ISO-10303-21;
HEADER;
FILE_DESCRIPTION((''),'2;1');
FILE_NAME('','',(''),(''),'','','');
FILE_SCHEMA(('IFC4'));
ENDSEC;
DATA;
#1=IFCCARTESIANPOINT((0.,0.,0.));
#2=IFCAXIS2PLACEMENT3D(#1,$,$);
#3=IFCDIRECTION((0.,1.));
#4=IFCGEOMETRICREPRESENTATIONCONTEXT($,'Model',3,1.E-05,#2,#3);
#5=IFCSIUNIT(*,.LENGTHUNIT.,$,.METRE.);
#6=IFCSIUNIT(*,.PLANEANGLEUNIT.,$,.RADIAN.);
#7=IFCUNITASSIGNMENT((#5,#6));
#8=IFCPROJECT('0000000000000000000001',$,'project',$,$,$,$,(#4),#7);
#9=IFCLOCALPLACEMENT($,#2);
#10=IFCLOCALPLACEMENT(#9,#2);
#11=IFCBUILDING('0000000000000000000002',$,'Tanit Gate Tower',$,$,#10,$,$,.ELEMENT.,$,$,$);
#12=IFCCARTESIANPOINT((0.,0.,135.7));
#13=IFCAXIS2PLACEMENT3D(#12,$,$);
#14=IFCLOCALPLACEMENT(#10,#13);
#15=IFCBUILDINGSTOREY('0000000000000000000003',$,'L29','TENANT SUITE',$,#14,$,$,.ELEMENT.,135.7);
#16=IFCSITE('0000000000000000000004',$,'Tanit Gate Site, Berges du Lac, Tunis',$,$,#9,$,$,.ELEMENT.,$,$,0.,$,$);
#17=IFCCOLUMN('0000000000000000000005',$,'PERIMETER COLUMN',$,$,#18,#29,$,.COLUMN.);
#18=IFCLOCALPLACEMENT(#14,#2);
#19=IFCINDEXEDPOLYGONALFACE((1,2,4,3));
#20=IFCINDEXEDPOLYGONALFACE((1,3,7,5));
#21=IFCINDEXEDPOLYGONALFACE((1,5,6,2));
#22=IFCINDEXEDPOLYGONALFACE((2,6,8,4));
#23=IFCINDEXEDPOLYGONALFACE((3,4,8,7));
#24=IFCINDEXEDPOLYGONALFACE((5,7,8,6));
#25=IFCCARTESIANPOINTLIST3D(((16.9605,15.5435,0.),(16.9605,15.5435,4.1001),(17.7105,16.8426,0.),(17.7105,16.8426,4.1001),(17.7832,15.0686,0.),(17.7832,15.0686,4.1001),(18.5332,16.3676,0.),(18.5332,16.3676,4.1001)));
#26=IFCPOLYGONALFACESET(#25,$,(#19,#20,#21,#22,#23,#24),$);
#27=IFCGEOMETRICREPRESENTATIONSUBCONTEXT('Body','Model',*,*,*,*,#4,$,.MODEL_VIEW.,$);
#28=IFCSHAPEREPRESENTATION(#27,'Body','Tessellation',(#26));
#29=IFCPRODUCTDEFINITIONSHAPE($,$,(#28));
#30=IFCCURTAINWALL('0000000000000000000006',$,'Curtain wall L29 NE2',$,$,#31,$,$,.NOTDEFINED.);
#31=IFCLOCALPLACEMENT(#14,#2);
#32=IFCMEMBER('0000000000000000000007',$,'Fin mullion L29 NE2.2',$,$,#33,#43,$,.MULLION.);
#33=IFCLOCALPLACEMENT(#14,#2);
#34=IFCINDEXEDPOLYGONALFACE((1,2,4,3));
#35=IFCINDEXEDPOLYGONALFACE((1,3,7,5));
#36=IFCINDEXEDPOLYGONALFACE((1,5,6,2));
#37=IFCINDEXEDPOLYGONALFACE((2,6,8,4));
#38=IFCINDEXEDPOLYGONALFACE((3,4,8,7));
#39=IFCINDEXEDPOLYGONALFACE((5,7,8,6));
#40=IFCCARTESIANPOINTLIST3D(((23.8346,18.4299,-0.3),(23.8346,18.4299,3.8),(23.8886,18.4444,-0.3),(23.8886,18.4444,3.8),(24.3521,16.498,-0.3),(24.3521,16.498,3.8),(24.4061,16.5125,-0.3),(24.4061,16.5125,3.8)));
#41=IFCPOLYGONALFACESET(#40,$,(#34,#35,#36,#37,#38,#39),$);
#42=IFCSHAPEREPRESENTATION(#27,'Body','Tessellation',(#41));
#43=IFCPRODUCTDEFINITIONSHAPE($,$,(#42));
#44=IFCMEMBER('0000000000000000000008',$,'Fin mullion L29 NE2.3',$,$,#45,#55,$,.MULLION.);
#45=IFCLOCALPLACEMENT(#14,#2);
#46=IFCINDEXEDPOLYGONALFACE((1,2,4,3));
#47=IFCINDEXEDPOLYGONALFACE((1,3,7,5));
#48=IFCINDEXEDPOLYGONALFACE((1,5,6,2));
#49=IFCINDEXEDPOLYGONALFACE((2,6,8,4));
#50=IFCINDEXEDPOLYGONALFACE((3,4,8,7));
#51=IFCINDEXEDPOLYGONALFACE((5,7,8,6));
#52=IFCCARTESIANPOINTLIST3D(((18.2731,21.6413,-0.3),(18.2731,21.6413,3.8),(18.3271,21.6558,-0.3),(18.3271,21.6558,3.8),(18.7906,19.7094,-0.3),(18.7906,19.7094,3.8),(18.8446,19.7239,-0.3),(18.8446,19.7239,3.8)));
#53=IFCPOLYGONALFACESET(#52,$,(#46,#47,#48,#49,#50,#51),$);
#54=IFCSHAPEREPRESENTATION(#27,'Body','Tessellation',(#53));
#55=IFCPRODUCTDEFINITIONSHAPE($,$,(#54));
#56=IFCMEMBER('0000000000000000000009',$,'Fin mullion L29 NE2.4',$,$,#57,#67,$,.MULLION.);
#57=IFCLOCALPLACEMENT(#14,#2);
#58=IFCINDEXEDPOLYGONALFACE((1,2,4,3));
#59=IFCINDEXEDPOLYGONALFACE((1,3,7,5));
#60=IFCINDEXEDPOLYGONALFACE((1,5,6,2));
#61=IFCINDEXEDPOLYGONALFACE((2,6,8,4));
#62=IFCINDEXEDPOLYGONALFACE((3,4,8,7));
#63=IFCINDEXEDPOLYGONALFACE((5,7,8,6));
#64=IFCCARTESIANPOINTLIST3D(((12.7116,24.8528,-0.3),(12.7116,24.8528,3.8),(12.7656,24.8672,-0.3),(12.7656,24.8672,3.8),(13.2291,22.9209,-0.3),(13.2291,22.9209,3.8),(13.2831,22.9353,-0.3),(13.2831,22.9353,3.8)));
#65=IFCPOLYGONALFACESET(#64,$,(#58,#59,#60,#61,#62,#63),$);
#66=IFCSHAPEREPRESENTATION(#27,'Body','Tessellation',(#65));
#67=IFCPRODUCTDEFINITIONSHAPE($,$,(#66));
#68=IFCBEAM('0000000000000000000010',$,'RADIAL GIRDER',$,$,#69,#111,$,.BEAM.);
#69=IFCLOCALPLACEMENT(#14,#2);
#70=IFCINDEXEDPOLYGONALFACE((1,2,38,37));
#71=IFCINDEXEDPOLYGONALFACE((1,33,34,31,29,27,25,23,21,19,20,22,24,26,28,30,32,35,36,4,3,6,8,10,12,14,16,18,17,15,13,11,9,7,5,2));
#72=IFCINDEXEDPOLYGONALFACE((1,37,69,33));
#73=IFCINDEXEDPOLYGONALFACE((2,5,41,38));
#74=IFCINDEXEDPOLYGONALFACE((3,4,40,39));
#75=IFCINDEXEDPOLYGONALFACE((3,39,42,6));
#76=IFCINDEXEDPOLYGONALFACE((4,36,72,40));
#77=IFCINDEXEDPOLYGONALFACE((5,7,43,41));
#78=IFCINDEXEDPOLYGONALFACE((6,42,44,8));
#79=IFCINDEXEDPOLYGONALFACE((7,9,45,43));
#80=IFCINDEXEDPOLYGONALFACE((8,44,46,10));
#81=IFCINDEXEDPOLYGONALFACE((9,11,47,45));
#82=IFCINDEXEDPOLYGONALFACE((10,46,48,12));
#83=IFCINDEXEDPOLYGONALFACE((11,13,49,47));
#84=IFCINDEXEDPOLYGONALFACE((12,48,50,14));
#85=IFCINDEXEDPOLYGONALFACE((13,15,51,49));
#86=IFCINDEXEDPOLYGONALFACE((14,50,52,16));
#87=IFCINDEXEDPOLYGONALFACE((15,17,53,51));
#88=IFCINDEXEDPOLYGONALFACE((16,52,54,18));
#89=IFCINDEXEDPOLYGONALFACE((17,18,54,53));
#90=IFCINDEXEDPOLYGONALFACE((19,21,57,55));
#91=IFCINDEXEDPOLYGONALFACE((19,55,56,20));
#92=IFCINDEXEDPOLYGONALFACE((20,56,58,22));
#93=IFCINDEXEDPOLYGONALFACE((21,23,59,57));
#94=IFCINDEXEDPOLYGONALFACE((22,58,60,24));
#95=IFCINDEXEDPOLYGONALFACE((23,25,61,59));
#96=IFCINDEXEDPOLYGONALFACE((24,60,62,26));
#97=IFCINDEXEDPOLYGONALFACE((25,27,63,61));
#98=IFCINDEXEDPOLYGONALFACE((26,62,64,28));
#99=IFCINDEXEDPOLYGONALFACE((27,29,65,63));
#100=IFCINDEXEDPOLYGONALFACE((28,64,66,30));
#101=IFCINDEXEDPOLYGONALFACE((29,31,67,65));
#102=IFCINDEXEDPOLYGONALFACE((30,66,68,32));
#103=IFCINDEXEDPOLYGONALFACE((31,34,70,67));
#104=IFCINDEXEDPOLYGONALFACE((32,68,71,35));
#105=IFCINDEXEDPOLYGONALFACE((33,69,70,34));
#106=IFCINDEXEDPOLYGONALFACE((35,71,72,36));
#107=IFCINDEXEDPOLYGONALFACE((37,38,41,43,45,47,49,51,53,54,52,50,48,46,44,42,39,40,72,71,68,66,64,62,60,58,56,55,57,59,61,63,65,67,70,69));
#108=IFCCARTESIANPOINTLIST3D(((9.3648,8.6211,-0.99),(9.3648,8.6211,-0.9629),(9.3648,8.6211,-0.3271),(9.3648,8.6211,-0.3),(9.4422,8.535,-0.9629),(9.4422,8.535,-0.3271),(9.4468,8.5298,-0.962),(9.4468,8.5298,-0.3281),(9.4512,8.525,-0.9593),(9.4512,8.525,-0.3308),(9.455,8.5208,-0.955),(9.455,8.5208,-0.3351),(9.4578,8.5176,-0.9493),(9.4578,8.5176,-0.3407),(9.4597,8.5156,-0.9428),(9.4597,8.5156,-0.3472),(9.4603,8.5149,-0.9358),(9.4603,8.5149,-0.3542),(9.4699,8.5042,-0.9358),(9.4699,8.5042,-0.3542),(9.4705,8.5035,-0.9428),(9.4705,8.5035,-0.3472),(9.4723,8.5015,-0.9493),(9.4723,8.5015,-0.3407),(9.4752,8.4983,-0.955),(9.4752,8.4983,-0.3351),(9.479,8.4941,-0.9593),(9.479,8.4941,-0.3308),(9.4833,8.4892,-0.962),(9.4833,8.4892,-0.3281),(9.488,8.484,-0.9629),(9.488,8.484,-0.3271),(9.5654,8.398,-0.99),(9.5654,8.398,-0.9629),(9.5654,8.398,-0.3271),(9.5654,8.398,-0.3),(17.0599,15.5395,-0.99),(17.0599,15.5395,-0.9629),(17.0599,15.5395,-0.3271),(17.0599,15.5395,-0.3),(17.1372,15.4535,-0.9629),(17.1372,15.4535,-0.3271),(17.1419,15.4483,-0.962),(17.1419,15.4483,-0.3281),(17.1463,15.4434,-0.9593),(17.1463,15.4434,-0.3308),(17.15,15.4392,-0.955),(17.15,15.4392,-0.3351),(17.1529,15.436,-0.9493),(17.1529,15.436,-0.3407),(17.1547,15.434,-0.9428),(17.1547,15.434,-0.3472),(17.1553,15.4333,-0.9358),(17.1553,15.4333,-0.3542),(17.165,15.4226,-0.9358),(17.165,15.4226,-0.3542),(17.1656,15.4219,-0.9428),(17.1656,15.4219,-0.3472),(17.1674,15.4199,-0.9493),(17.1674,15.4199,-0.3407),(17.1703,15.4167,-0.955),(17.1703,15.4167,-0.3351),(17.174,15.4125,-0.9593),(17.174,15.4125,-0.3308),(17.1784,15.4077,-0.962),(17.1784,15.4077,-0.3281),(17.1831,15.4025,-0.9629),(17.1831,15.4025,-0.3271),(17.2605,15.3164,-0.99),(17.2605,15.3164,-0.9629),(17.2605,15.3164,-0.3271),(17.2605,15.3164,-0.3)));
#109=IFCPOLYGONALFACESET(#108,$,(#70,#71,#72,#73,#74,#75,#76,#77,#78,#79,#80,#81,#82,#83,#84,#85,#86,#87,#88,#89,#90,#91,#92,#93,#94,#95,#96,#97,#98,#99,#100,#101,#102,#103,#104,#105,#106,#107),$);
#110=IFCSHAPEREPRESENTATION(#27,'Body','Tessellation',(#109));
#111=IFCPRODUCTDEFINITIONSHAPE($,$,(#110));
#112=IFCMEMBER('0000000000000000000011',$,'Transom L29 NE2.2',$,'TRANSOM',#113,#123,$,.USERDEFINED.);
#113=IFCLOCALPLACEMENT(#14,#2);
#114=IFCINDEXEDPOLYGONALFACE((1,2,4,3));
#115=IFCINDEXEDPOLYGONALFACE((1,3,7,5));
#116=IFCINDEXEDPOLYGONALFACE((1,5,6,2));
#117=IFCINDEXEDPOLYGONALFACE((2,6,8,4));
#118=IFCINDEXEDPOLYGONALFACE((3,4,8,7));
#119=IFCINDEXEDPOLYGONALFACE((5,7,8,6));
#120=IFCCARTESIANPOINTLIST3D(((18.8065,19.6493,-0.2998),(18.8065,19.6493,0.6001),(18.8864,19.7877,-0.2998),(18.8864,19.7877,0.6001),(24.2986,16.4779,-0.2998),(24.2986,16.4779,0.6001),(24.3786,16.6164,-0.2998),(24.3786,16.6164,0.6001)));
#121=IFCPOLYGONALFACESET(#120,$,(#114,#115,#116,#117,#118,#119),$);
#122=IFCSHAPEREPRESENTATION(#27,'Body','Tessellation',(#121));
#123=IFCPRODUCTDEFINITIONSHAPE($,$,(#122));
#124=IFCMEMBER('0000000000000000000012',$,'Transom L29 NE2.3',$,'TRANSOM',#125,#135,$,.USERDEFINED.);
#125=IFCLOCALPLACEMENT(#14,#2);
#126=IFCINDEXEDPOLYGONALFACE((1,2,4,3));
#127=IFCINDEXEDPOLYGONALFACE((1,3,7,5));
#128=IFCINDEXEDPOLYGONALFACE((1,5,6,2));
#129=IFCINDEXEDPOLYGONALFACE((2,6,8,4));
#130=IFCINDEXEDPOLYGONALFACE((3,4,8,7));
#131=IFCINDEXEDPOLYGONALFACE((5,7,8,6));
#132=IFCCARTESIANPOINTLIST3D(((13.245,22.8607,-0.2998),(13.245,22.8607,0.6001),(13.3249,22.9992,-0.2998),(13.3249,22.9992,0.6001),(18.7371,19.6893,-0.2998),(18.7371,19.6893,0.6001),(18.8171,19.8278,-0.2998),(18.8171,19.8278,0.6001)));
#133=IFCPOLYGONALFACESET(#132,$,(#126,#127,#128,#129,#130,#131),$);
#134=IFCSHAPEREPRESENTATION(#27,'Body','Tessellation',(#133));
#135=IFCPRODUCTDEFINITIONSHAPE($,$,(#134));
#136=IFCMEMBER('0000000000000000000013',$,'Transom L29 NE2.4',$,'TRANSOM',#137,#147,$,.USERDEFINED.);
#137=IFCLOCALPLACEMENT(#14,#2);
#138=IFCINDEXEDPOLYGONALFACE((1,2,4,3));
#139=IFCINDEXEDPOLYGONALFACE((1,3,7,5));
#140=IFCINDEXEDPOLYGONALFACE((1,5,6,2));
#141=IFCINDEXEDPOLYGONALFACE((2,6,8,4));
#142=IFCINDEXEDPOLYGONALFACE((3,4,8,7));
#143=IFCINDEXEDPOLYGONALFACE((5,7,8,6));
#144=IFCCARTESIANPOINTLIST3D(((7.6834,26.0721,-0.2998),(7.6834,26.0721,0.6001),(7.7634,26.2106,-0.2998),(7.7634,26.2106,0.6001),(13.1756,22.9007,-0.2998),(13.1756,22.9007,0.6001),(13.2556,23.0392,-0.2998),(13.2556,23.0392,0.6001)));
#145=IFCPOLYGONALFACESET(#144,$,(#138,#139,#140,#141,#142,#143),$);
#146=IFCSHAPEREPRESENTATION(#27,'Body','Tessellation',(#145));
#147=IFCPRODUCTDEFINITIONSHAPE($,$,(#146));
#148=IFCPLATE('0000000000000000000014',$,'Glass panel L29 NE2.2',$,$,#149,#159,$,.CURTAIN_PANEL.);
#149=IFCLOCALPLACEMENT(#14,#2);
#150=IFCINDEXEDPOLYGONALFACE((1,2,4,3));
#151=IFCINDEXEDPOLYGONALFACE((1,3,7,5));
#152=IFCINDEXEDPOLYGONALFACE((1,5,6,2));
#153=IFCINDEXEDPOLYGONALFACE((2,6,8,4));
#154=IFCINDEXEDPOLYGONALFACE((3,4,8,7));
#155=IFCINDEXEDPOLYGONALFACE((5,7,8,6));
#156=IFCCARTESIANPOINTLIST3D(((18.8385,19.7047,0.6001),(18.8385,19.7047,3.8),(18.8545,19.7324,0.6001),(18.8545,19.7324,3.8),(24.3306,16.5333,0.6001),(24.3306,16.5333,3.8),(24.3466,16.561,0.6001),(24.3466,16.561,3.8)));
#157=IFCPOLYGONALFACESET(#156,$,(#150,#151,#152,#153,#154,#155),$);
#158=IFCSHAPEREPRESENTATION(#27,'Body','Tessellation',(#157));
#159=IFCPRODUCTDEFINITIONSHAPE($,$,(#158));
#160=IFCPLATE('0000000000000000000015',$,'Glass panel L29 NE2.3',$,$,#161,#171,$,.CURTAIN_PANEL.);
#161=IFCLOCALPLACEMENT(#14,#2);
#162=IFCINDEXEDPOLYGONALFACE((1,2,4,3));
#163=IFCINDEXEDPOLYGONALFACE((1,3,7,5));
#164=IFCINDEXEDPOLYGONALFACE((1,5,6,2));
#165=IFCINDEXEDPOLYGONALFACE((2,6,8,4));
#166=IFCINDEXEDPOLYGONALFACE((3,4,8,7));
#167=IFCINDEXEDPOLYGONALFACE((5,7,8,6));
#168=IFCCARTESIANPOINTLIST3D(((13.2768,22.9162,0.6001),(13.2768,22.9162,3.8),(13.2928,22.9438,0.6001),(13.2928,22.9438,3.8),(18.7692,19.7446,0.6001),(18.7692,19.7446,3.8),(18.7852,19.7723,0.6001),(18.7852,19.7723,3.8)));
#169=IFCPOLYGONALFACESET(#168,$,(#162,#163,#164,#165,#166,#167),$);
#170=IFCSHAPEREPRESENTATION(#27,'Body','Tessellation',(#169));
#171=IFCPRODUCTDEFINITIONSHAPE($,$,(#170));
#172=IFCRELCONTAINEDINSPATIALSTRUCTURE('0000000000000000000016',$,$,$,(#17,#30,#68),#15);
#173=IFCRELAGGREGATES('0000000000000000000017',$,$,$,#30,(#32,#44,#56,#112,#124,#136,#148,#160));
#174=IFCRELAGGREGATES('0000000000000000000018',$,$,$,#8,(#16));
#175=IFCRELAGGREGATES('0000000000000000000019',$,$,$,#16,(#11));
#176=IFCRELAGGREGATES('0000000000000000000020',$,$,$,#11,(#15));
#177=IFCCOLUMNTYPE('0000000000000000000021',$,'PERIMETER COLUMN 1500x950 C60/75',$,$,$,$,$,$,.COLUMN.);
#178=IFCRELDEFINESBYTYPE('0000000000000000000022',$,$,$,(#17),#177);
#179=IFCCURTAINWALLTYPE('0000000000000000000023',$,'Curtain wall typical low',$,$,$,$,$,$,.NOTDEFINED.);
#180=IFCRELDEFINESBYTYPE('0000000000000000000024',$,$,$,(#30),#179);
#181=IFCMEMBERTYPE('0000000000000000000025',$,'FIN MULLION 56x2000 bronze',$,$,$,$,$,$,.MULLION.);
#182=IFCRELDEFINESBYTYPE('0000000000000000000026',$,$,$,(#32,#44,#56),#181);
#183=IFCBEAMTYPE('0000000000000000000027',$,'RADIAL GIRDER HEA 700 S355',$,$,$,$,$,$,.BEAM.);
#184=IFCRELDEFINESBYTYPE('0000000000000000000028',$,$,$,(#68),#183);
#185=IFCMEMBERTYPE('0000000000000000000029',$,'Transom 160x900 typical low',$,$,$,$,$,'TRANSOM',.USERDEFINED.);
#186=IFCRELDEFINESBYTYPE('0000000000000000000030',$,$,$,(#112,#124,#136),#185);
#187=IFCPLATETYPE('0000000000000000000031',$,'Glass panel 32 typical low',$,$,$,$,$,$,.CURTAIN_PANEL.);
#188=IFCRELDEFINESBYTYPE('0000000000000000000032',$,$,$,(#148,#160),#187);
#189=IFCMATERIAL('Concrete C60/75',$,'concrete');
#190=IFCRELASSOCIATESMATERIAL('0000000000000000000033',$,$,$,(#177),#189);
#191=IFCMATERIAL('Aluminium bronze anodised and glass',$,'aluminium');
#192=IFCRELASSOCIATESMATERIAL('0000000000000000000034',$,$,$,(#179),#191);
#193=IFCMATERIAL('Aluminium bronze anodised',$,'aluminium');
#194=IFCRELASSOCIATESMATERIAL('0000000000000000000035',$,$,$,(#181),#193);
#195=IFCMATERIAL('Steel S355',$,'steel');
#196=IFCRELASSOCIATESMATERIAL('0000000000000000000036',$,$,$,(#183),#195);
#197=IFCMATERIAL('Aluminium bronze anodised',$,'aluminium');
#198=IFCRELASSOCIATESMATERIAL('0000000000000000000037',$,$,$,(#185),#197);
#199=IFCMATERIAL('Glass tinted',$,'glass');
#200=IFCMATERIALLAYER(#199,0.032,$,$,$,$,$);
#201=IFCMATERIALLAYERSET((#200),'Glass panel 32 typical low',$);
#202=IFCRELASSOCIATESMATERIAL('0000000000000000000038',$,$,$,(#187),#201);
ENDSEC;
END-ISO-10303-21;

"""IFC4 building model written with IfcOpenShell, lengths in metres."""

from ifc_helpers import new_model, si_unit, direction, frame, origin, origin_2d, place, context, subcontext, project, spatial, rectangle, i_section, extrude, material, layer, layer_set, material_profile, profile_set, type_object, element, aggregate, save


model = new_model("IFC4")

# Units and contexts
model_context = context("Model", 3, precision=1e-05, world=origin(), true_north=direction((0.0, 1.0)))
body_context = subcontext(model_context, "Body", "Model", "MODEL_VIEW")
ifc_project = project(units=[si_unit("LENGTHUNIT", "METRE"), si_unit("PLANEANGLEUNIT", "RADIAN")], contexts=[model_context])

# Site, building, storey
site_placement = place(None, origin())
site = spatial("IfcSite", under=ifc_project, at=site_placement, Name="Tanit Gate Site, Berges du Lac, Tunis", CompositionType="ELEMENT", RefElevation=0.0)
building_placement = place(site_placement, origin())
building = spatial("IfcBuilding", under=site, at=building_placement, Name="Tanit Gate Tower", CompositionType="ELEMENT")
storey_placement = place(building_placement, frame((0.0, 0.0, 135.7)))
storey = spatial("IfcBuildingStorey", under=building, at=storey_placement, Name="L29", Description="TENANT SUITE", CompositionType="ELEMENT", Elevation=135.7)

# Column
ifc_material_1 = material(Name="Concrete C60/75", Category="concrete")
ifc_material_profile_1 = material_profile(ifc_material_1, rectangle(XDim=1.5, YDim=0.95, at=origin_2d()), Name="RC 1500x950")
ifc_profile_set_1 = profile_set([ifc_material_profile_1], Name="Concrete C60/75")
column_type = type_object("IfcColumnType", Name="PERIMETER COLUMN 1500x950 C60/75", PredefinedType="COLUMN", material=ifc_profile_set_1)
column_placement = place(storey_placement, frame((17.7468, 15.9556, 0.0), z_axis=(0.0, 0.0, 1.0), x_axis=(0.5, 0.866025, 0.0)))
element("IfcColumn", 1, at=column_placement, inside=storey, type_object=column_type, Name="PERIMETER COLUMN", PredefinedType="COLUMN", context=body_context, shape_type="SweptSolid", body=[
    extrude(rectangle(XDim=1.5, YDim=0.95, at=origin_2d()), origin(), (0.0, 0.0, 1.0), 4.1001),
])

# Curtain wall, members
ifc_material_2 = material(Name="Aluminium bronze anodised and glass", Category="aluminium")
curtain_wall_type = type_object("IfcCurtainWallType", Name="Curtain wall typical low", PredefinedType="NOTDEFINED", material=ifc_material_2)
curtain_wall_placement = place(storey_placement, origin())
curtain_wall = element("IfcCurtainWall", 2, at=curtain_wall_placement, inside=storey, type_object=curtain_wall_type, Name="Curtain wall L29 NE2", PredefinedType="NOTDEFINED")
ifc_material_3 = material(Name="Aluminium bronze anodised", Category="aluminium")
ifc_material_profile_2 = material_profile(ifc_material_3, rectangle(XDim=2.0, YDim=0.0559, at=origin_2d()), Name="56x2000 bronze fin mullion")
ifc_profile_set_2 = profile_set([ifc_material_profile_2], Name="Aluminium bronze anodised")
member_type_1 = type_object("IfcMemberType", Name="FIN MULLION 56x2000 bronze", PredefinedType="MULLION", material=ifc_profile_set_2)
member_1_placement = place(storey_placement, frame((24.1204, 17.4712, -0.3), z_axis=(0.0, 0.0, 1.0), x_axis=(0.258752, -0.965944, 0.0)))
member_1 = element("IfcMember", 3, at=member_1_placement, type_object=member_type_1, Name="Fin mullion L29 NE2.2", PredefinedType="MULLION", context=body_context, shape_type="SweptSolid", body=[
    extrude(rectangle(XDim=2.0, YDim=0.0559, at=origin_2d()), origin(), (0.0, 0.0, 1.0), 4.1001),
])
member_2_placement = place(storey_placement, frame((18.5588, 20.6826, -0.3), z_axis=(0.0, 0.0, 1.0), x_axis=(0.258752, -0.965944, 0.0)))
member_2 = element("IfcMember", 4, at=member_2_placement, type_object=member_type_1, Name="Fin mullion L29 NE2.3", PredefinedType="MULLION", context=body_context, shape_type="SweptSolid", body=[
    extrude(rectangle(XDim=2.0, YDim=0.0559, at=origin_2d()), origin(), (0.0, 0.0, 1.0), 4.1001),
])
member_3_placement = place(storey_placement, frame((12.9973, 23.894, -0.3), z_axis=(0.0, 0.0, 1.0), x_axis=(0.258752, -0.965944, 0.0)))
member_3 = element("IfcMember", 5, at=member_3_placement, type_object=member_type_1, Name="Fin mullion L29 NE2.4", PredefinedType="MULLION", context=body_context, shape_type="SweptSolid", body=[
    extrude(rectangle(XDim=2.0, YDim=0.0559, at=origin_2d()), origin(), (0.0, 0.0, 1.0), 4.1001),
])

# Beam
ifc_material_4 = material(Name="Steel S355", Category="steel")
ifc_material_profile_3 = material_profile(ifc_material_4, i_section(OverallWidth=0.3, OverallDepth=0.6899, WebThickness=0.0144, FlangeThickness=0.0271, FilletRadius=0.0271, at=origin_2d()), Name="HEA 700")
ifc_profile_set_3 = profile_set([ifc_material_profile_3], Name="Steel S355")
beam_type = type_object("IfcBeamType", Name="RADIAL GIRDER HEA 700 S355", PredefinedType="BEAM", material=ifc_profile_set_3)
beam_placement = place(storey_placement, frame((17.1602, 15.428, -0.645), z_axis=(-0.743635, -0.668585, 0.0), x_axis=(0.668585, -0.743635, 0.0)))
element("IfcBeam", 6, at=beam_placement, inside=storey, type_object=beam_type, Name="RADIAL GIRDER", PredefinedType="BEAM", context=body_context, shape_type="SweptSolid", body=[
    extrude(i_section(OverallWidth=0.3, OverallDepth=0.6899, WebThickness=0.0144, FlangeThickness=0.0271, FilletRadius=0.0271, at=origin_2d()), origin(), (0.0, 0.0, 1.0), 10.3479),
])

# Members
ifc_material_5 = material(Name="Aluminium bronze anodised", Category="aluminium")
ifc_material_profile_4 = material_profile(ifc_material_5, rectangle(XDim=0.1599, YDim=0.8999, at=origin_2d()), Name="160x900 bronze transom")
ifc_profile_set_4 = profile_set([ifc_material_profile_4], Name="Aluminium bronze anodised")
member_type_2 = type_object("IfcMemberType", Name="Transom 160x900 typical low", ElementType="TRANSOM", PredefinedType="USERDEFINED", material=ifc_profile_set_4)
member_4_placement = place(storey_placement, frame((24.3386, 16.5471, 0.1501), z_axis=(-0.865993, 0.500056, 0.0), x_axis=(-0.500056, -0.865993, 0.0)))
member_4 = element("IfcMember", 7, at=member_4_placement, type_object=member_type_2, Name="Transom L29 NE2.2", ObjectType="TRANSOM", PredefinedType="USERDEFINED", context=body_context, shape_type="SweptSolid", body=[
    extrude(rectangle(XDim=0.1599, YDim=0.8999, at=origin_2d()), origin(), (0.0, 0.0, 1.0), 6.342),
])
member_5_placement = place(storey_placement, frame((18.7771, 19.7585, 0.1501), z_axis=(-0.865993, 0.500056, 0.0), x_axis=(-0.500056, -0.865993, 0.0)))
member_5 = element("IfcMember", 8, at=member_5_placement, type_object=member_type_2, Name="Transom L29 NE2.3", ObjectType="TRANSOM", PredefinedType="USERDEFINED", context=body_context, shape_type="SweptSolid", body=[
    extrude(rectangle(XDim=0.1599, YDim=0.8999, at=origin_2d()), origin(), (0.0, 0.0, 1.0), 6.342),
])
member_6_placement = place(storey_placement, frame((13.2156, 22.97, 0.1501), z_axis=(-0.865993, 0.500056, 0.0), x_axis=(-0.500056, -0.865993, 0.0)))
member_6 = element("IfcMember", 9, at=member_6_placement, type_object=member_type_2, Name="Transom L29 NE2.4", ObjectType="TRANSOM", PredefinedType="USERDEFINED", context=body_context, shape_type="SweptSolid", body=[
    extrude(rectangle(XDim=0.1599, YDim=0.8999, at=origin_2d()), origin(), (0.0, 0.0, 1.0), 6.342),
])

# Plates
ifc_material_6 = material(Name="Glass tinted", Category="glass")
ifc_layer = layer(ifc_material_6, 0.032)
ifc_layer_set = layer_set([ifc_layer], Name="Glass panel 32 typical low")
plate_type = type_object("IfcPlateType", Name="Glass panel 32 typical low", PredefinedType="CURTAIN_PANEL", material=ifc_layer_set)
plate_1_placement = place(storey_placement, frame((21.5925, 18.1328, 0.6001), z_axis=(0.0, 0.0, 1.0), x_axis=(-0.865991, 0.50006, 0.0)))
plate_1 = element("IfcPlate", 10, at=plate_1_placement, type_object=plate_type, Name="Glass panel L29 NE2.2", PredefinedType="CURTAIN_PANEL", context=body_context, shape_type="SweptSolid", body=[
    extrude(rectangle(XDim=6.342, YDim=0.032, at=origin_2d()), origin(), (0.0, 0.0, 1.0), 3.2),
])
plate_2_placement = place(storey_placement, frame((16.031, 21.3442, 0.6001), z_axis=(0.0, 0.0, 1.0), x_axis=(-0.865991, 0.50006, 0.0)))
plate_2 = element("IfcPlate", 11, at=plate_2_placement, type_object=plate_type, Name="Glass panel L29 NE2.3", PredefinedType="CURTAIN_PANEL", context=body_context, shape_type="SweptSolid", body=[
    extrude(rectangle(XDim=6.3423, YDim=0.032, at=origin_2d()), origin(), (0.0, 0.0, 1.0), 3.2),
])
aggregate(curtain_wall, [member_1, member_2, member_3, member_4, member_5, member_6, plate_1, plate_2])

save(model, "model.ifc")
